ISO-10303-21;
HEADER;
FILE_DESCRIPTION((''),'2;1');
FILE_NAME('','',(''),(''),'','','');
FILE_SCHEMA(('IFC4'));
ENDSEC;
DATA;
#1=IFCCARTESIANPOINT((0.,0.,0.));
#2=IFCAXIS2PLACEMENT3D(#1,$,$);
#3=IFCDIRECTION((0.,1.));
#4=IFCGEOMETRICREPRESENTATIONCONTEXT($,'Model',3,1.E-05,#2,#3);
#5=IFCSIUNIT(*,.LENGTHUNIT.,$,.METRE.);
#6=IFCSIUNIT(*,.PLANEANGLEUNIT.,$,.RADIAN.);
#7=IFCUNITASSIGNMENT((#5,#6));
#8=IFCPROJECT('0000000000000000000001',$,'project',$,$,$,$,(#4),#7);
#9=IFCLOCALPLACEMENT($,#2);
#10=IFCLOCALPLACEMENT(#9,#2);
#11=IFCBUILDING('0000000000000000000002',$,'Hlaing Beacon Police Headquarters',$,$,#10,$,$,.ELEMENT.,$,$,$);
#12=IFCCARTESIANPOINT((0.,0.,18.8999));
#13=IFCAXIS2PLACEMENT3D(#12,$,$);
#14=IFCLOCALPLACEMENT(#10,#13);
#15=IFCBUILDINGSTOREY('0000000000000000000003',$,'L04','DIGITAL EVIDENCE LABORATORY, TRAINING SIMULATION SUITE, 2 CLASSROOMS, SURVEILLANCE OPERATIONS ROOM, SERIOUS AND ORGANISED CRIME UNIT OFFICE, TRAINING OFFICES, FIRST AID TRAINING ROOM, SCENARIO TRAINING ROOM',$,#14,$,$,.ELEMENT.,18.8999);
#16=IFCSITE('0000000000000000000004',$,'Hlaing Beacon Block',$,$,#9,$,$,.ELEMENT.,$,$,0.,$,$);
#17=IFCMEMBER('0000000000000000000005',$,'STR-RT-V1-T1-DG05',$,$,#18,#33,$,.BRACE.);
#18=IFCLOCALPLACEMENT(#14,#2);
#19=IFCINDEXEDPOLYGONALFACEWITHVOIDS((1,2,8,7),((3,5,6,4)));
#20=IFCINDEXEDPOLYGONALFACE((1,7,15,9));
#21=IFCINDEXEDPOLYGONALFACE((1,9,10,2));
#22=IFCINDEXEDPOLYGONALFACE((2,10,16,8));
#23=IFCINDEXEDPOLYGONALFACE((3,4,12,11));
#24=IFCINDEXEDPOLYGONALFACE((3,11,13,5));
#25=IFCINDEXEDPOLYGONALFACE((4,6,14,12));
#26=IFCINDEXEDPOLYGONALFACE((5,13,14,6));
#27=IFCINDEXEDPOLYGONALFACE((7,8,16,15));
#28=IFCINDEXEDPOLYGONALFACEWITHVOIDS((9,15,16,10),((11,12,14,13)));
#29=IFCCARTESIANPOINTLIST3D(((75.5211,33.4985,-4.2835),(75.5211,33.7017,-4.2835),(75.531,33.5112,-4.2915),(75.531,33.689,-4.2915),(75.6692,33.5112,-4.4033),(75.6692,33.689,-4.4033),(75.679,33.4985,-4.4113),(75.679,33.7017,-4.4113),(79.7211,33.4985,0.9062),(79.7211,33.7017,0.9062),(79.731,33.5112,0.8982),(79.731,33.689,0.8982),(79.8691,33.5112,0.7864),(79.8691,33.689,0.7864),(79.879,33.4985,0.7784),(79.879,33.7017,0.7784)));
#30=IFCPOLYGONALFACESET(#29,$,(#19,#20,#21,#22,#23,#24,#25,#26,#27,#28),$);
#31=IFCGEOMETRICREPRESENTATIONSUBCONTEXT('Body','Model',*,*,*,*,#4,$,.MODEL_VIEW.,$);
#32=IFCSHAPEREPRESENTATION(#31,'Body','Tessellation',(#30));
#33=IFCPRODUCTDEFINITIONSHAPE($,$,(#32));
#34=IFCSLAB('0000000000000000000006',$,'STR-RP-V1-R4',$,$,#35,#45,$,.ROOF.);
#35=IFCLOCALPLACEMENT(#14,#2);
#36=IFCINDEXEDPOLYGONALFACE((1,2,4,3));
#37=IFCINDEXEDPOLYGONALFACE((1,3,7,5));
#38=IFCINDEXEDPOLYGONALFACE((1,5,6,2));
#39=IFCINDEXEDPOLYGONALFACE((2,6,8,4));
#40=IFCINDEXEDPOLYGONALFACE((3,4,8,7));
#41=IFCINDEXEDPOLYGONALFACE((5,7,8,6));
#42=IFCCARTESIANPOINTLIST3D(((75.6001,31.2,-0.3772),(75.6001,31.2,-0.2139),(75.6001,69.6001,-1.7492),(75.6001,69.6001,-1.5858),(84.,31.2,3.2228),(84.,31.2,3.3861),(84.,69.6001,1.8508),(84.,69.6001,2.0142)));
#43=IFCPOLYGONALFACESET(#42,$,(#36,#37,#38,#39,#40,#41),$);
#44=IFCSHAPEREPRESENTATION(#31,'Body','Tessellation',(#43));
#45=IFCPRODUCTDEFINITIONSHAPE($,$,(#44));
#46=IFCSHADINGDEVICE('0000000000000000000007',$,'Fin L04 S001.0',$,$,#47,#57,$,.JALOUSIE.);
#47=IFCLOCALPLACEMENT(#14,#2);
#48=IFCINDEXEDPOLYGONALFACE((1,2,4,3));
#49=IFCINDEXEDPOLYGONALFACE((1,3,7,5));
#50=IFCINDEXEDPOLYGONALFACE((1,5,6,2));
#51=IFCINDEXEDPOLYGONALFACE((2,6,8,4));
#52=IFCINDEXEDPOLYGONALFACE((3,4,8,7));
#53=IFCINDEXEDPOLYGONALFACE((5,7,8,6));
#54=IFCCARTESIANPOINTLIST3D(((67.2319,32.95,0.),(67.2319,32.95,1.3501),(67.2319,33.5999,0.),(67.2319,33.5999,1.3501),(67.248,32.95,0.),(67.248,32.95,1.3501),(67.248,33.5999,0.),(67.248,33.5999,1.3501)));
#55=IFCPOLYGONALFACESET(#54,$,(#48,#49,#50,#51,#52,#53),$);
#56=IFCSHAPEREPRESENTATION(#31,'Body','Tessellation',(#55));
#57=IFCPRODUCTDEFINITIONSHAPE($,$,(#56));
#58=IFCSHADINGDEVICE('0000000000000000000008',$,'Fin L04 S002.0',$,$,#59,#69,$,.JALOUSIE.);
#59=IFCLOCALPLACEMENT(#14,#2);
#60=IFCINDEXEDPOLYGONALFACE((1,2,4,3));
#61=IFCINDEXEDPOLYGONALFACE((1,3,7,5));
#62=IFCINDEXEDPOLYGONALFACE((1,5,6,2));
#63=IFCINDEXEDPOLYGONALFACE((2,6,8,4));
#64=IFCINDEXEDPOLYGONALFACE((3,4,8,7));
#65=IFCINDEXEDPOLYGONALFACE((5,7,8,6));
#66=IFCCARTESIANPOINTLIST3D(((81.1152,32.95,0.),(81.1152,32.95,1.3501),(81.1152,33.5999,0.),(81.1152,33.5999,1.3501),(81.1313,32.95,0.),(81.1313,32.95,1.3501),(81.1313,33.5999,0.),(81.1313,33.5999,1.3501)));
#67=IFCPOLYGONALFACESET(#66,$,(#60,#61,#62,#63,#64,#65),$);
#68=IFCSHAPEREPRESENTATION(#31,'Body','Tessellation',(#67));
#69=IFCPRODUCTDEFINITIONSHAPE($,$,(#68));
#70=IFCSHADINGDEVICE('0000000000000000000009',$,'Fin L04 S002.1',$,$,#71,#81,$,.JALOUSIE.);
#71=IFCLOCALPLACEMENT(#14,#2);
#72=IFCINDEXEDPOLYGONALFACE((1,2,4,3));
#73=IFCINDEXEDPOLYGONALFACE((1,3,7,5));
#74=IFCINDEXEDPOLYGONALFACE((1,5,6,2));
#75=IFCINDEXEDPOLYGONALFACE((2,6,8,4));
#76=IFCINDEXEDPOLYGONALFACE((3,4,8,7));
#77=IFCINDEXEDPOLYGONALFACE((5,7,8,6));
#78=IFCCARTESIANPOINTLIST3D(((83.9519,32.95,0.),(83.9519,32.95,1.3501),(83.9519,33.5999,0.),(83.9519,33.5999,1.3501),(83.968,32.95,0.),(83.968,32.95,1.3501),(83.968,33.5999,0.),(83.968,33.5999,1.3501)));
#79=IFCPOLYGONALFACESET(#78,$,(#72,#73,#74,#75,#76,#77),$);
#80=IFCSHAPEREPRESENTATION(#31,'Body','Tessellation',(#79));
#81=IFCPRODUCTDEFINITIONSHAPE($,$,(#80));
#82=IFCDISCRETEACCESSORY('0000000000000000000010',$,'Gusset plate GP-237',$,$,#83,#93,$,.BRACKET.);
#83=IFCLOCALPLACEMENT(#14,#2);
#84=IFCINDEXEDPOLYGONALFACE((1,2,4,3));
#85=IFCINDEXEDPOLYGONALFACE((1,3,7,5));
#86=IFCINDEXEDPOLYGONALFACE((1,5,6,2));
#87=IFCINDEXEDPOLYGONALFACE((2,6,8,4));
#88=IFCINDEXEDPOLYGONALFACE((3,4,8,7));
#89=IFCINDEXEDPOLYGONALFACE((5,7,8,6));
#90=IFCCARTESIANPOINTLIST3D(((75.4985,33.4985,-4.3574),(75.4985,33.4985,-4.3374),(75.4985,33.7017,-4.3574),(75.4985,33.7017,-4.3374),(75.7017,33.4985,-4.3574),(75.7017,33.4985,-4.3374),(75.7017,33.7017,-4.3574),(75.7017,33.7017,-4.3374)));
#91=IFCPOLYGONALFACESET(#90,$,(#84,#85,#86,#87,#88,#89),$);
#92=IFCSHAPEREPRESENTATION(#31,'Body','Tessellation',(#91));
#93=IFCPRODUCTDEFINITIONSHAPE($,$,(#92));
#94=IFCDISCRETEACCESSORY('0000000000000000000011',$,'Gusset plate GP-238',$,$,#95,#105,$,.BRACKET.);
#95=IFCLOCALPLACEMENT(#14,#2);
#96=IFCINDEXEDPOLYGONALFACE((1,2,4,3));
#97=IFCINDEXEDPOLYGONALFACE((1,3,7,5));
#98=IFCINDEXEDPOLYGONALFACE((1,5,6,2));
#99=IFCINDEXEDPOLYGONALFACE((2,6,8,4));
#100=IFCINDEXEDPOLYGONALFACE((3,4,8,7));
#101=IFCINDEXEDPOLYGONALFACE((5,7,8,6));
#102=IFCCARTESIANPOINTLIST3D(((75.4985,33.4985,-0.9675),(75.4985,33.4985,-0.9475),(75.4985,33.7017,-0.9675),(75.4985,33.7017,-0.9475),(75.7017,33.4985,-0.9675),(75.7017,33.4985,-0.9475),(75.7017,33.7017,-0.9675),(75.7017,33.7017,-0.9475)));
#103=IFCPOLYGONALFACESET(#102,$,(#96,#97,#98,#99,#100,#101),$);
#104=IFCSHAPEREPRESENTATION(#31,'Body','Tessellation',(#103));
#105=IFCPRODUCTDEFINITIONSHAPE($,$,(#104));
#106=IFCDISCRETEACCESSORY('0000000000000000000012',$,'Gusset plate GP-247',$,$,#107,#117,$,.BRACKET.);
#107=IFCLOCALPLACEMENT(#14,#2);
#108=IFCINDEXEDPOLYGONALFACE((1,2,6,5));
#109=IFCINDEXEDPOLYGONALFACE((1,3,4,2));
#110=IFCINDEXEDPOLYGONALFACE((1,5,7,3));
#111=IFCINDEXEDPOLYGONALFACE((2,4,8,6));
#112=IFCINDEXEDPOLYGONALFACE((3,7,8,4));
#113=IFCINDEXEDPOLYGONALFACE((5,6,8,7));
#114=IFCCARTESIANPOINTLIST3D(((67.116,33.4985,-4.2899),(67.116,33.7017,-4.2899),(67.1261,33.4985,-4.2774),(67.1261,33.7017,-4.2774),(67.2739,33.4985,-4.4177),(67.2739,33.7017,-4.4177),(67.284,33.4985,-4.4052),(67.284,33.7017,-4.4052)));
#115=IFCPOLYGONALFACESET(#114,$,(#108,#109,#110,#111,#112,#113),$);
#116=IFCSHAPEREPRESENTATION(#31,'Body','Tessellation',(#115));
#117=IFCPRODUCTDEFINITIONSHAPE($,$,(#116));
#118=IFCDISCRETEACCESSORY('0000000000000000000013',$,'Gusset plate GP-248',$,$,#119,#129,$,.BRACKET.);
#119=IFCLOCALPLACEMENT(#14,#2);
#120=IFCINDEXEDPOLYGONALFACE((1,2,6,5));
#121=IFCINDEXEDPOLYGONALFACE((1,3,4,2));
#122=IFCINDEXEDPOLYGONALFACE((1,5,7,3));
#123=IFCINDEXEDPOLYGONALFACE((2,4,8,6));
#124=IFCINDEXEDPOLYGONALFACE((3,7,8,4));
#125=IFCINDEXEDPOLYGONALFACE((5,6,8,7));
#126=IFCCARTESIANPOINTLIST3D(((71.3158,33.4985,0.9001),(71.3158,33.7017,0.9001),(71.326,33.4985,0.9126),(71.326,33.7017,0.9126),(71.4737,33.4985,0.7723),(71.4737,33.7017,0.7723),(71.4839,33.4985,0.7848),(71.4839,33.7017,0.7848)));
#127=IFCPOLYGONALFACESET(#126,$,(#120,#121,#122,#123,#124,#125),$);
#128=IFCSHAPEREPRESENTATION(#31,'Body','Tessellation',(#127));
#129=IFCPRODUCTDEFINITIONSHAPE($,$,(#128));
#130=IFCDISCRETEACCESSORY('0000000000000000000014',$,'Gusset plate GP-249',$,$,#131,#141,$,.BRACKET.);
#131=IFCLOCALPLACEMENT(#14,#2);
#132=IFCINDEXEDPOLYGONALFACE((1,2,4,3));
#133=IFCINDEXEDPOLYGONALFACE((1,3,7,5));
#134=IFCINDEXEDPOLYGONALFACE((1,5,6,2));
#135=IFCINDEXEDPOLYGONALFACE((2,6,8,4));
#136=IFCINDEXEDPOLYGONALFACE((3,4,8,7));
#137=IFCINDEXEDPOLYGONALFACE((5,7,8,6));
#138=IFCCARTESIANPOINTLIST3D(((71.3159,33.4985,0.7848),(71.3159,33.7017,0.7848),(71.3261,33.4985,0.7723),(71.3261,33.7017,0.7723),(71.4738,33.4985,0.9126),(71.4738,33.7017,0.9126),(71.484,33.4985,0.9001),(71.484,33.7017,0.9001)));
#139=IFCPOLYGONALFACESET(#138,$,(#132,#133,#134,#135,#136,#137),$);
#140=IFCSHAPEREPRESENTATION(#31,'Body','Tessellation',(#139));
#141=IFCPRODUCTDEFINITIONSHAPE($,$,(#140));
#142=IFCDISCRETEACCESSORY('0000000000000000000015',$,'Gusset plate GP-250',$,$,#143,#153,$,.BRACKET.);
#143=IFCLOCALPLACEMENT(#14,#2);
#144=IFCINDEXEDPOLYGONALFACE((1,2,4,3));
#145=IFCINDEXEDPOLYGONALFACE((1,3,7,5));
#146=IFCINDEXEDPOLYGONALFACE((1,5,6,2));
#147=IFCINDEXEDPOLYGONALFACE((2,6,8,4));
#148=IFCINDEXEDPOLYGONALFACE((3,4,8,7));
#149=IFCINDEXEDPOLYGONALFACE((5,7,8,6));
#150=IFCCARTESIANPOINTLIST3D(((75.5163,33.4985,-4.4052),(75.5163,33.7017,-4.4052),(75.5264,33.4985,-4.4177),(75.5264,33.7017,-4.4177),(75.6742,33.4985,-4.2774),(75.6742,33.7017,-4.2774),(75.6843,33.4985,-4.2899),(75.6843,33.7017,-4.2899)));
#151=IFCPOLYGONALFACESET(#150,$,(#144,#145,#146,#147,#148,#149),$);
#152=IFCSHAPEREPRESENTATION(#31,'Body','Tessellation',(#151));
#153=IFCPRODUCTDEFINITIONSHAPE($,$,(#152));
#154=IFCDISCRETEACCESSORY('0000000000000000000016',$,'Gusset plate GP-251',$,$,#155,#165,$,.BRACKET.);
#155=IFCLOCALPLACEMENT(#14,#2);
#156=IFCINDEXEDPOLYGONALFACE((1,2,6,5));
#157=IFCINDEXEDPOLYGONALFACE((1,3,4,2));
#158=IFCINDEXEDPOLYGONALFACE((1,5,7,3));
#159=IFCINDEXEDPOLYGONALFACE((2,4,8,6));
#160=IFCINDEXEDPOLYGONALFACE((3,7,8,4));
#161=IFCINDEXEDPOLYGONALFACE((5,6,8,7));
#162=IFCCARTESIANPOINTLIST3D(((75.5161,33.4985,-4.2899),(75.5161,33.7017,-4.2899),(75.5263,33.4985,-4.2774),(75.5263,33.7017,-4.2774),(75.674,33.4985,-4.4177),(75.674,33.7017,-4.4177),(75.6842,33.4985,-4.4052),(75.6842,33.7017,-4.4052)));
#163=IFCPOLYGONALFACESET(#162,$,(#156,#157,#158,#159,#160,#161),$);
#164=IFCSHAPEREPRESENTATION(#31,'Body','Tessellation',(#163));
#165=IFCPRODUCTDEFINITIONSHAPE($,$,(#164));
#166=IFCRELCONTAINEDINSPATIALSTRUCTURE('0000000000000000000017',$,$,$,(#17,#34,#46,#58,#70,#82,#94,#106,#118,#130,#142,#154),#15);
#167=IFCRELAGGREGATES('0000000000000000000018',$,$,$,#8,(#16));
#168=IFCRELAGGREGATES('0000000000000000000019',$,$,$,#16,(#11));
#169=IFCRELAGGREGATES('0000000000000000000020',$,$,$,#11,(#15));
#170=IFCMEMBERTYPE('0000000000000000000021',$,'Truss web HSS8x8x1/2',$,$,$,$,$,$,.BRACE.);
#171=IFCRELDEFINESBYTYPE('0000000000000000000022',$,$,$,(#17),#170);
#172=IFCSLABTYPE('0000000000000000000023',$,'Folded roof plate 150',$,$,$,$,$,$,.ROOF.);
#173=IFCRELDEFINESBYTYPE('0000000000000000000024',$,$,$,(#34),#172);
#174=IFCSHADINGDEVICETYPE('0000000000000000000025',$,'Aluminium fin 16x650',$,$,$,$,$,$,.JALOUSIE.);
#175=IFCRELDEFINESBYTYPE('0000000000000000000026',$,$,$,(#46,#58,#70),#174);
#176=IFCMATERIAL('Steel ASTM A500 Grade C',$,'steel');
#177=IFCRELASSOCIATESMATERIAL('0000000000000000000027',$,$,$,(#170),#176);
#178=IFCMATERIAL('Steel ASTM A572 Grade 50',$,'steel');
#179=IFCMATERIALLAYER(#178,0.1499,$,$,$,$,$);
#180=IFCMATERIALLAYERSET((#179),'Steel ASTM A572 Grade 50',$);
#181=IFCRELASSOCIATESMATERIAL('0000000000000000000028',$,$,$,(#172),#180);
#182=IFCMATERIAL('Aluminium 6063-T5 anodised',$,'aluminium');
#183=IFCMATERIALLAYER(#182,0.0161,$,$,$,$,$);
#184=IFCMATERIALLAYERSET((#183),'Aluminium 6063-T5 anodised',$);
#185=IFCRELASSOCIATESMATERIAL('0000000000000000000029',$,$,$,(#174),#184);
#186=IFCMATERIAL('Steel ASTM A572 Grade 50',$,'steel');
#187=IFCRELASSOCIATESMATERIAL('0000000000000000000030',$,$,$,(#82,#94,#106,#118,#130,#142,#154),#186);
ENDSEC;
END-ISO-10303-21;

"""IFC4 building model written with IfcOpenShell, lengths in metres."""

from ifc_helpers import new_model, si_unit, direction, frame, origin, origin_2d, place, context, subcontext, project, spatial, polyline, rectangle, hollow_rectangle, outline, extrude, material, layer, layer_set, material_profile, profile_set, type_object, element, save


model = new_model("IFC4")

# Units and contexts
model_context = context("Model", 3, precision=1e-05, world=origin(), true_north=direction((0.0, 1.0)))
body_context = subcontext(model_context, "Body", "Model", "MODEL_VIEW")
ifc_project = project(units=[si_unit("LENGTHUNIT", "METRE"), si_unit("PLANEANGLEUNIT", "RADIAN")], contexts=[model_context])

# Site, building, storey
site_placement = place(None, origin())
site = spatial("IfcSite", under=ifc_project, at=site_placement, Name="Hlaing Beacon Block", CompositionType="ELEMENT", RefElevation=0.0)
building_placement = place(site_placement, origin())
building = spatial("IfcBuilding", under=site, at=building_placement, Name="Hlaing Beacon Police Headquarters", CompositionType="ELEMENT")
storey_placement = place(building_placement, frame((0.0, 0.0, 18.8999)))
storey = spatial("IfcBuildingStorey", under=building, at=storey_placement, Name="L04", Description="DIGITAL EVIDENCE LABORATORY, TRAINING SIMULATION SUITE, 2 CLASSROOMS, SURVEILLANCE OPERATIONS ROOM, SERIOUS AND ORGANISED CRIME UNIT OFFICE, TRAINING OFFICES, FIRST AID TRAINING ROOM, SCENARIO TRAINING ROOM", CompositionType="ELEMENT", Elevation=18.8999)

# Member
ifc_material_1 = material(Name="Steel ASTM A500 Grade C", Category="steel")
ifc_material_profile_1 = material_profile(ifc_material_1, hollow_rectangle(XDim=0.2031, YDim=0.2031, WallThickness=0.0127, at=origin_2d()), Name="HSS8x8x1/2")
ifc_profile_set_1 = profile_set([ifc_material_profile_1], Name="Steel ASTM A500 Grade C")
member_type_1 = type_object("IfcMemberType", Name="Truss web HSS8x8x1/2", PredefinedType="BRACE", material=ifc_profile_set_1)
member_1_placement = place(storey_placement, frame((75.6001, 33.6001, -4.3474), z_axis=(0.629087, 0.0, 0.777335), x_axis=(0.0, 1.0, 0.0)))
element("IfcMember", 1, at=member_1_placement, inside=storey, type_object=member_type_1, Name="STR-RT-V1-T1-DG05", PredefinedType="BRACE", context=body_context, shape_type="SweptSolid", body=[
    extrude(hollow_rectangle(XDim=0.2031, YDim=0.2031, WallThickness=0.0127, at=origin_2d()), origin(), (0.0, 0.0, 1.0), 6.6763),
])

# Slab
ifc_material_2 = material(Name="Steel ASTM A572 Grade 50", Category="steel")
ifc_layer_1 = layer(ifc_material_2, 0.1499)
ifc_layer_set_1 = layer_set([ifc_layer_1], Name="Steel ASTM A572 Grade 50")
slab_type = type_object("IfcSlabType", Name="Folded roof plate 150", PredefinedType="ROOF", material=ifc_layer_set_1)
slab_1_placement = place(storey_placement, frame((75.6001, 31.2, -0.2139), z_axis=(-0.393709, 0.032821, 0.918649), x_axis=(0.919144, 0.0, 0.393921)))
element("IfcSlab", 2, at=slab_1_placement, inside=storey, type_object=slab_type, Name="STR-RP-V1-R4", PredefinedType="ROOF", context=body_context, shape_type="SweptSolid", body=[
    extrude(outline(polyline([(0.0, 0.0), (9.1388, 0.0), (8.5984, 38.4208), (-0.5405, 38.4209), (0.0, 0.0)])), origin(), (-0.393921, 0.030168, -0.918649), 0.1633),
])

# Shading devices
ifc_material_3 = material(Name="Aluminium 6063-T5 anodised", Category="aluminium")
ifc_layer_2 = layer(ifc_material_3, 0.0161)
ifc_layer_set_2 = layer_set([ifc_layer_2], Name="Aluminium 6063-T5 anodised")
shading_device_type = type_object("IfcShadingDeviceType", Name="Aluminium fin 16x650", PredefinedType="JALOUSIE", material=ifc_layer_set_2)
for number, where, z_axis, x_axis, name in (
    (3, (67.24, 33.2749, 0.0), (0.0, 0.0, 1.0), (1.0, 0.0, 0.0), "Fin L04 S001.0"),
    (4, (81.1233, 33.2749, 0.0), (0.0, 0.0, 1.0), (1.0, 0.0, 0.0), "Fin L04 S002.0"),
    (5, (83.96, 33.2749, 0.0), (0.0, 0.0, 1.0), (1.0, 0.0, 0.0), "Fin L04 S002.1"),
):
    element("IfcShadingDevice", number, at=place(storey_placement, frame(where, z_axis=z_axis, x_axis=x_axis)), inside=storey, type_object=shading_device_type, Name=name, PredefinedType="JALOUSIE", context=body_context, shape_type="SweptSolid", body=[
        extrude(rectangle(XDim=0.0161, YDim=0.6499, at=origin_2d()), origin(), (0.0, 0.0, 1.0), 1.3501),
    ])

# Discrete accessories
ifc_material_4 = material(Name="Steel ASTM A572 Grade 50", Category="steel")
for number, where, z_axis, x_axis, name in (
    (6, (75.6001, 33.6001, -4.3374), (0.0, 0.0, -1.0), (1.0, 0.0, 0.0), "Gusset plate GP-237"),
    (7, (75.6001, 33.6001, -0.9675), (0.0, 0.0, 1.0), (1.0, 0.0, 0.0), "Gusset plate GP-238"),
):
    element("IfcDiscreteAccessory", number, at=place(storey_placement, frame(where, z_axis=z_axis, x_axis=x_axis)), inside=storey, material=ifc_material_4, Name=name, PredefinedType="BRACKET", context=body_context, shape_type="SweptSolid", body=[
        extrude(rectangle(XDim=0.2031, YDim=0.2031, at=origin_2d()), origin(), (0.0, 0.0, 1.0), 0.02),
    ])
for number, where, z_axis, x_axis, name in (
    (8, (67.2051, 33.6001, -4.3413), (-0.629087, 0.0, -0.777335), (0.0, -1.0, 0.0), "Gusset plate GP-247"),
    (9, (71.3948, 33.6001, 0.8362), (0.629087, 0.0, 0.777335), (0.0, 1.0, 0.0), "Gusset plate GP-248"),
    (10, (71.405, 33.6001, 0.8362), (-0.629109, 0.0, 0.777317), (0.0, -1.0, 0.0), "Gusset plate GP-249"),
    (11, (75.5952, 33.6001, -4.3413), (0.629109, 0.0, -0.777317), (0.0, 1.0, 0.0), "Gusset plate GP-250"),
    (12, (75.6052, 33.6001, -4.3413), (-0.629087, 0.0, -0.777335), (0.0, -1.0, 0.0), "Gusset plate GP-251"),
):
    element("IfcDiscreteAccessory", number, at=place(storey_placement, frame(where, z_axis=z_axis, x_axis=x_axis)), inside=storey, material=ifc_material_4, Name=name, PredefinedType="BRACKET", context=body_context, shape_type="SweptSolid", body=[
        extrude(rectangle(XDim=0.2031, YDim=0.2031, at=origin_2d()), origin(), (0.0, 0.0, 1.0), 0.0161),
    ])

save(model, "model.ifc")
